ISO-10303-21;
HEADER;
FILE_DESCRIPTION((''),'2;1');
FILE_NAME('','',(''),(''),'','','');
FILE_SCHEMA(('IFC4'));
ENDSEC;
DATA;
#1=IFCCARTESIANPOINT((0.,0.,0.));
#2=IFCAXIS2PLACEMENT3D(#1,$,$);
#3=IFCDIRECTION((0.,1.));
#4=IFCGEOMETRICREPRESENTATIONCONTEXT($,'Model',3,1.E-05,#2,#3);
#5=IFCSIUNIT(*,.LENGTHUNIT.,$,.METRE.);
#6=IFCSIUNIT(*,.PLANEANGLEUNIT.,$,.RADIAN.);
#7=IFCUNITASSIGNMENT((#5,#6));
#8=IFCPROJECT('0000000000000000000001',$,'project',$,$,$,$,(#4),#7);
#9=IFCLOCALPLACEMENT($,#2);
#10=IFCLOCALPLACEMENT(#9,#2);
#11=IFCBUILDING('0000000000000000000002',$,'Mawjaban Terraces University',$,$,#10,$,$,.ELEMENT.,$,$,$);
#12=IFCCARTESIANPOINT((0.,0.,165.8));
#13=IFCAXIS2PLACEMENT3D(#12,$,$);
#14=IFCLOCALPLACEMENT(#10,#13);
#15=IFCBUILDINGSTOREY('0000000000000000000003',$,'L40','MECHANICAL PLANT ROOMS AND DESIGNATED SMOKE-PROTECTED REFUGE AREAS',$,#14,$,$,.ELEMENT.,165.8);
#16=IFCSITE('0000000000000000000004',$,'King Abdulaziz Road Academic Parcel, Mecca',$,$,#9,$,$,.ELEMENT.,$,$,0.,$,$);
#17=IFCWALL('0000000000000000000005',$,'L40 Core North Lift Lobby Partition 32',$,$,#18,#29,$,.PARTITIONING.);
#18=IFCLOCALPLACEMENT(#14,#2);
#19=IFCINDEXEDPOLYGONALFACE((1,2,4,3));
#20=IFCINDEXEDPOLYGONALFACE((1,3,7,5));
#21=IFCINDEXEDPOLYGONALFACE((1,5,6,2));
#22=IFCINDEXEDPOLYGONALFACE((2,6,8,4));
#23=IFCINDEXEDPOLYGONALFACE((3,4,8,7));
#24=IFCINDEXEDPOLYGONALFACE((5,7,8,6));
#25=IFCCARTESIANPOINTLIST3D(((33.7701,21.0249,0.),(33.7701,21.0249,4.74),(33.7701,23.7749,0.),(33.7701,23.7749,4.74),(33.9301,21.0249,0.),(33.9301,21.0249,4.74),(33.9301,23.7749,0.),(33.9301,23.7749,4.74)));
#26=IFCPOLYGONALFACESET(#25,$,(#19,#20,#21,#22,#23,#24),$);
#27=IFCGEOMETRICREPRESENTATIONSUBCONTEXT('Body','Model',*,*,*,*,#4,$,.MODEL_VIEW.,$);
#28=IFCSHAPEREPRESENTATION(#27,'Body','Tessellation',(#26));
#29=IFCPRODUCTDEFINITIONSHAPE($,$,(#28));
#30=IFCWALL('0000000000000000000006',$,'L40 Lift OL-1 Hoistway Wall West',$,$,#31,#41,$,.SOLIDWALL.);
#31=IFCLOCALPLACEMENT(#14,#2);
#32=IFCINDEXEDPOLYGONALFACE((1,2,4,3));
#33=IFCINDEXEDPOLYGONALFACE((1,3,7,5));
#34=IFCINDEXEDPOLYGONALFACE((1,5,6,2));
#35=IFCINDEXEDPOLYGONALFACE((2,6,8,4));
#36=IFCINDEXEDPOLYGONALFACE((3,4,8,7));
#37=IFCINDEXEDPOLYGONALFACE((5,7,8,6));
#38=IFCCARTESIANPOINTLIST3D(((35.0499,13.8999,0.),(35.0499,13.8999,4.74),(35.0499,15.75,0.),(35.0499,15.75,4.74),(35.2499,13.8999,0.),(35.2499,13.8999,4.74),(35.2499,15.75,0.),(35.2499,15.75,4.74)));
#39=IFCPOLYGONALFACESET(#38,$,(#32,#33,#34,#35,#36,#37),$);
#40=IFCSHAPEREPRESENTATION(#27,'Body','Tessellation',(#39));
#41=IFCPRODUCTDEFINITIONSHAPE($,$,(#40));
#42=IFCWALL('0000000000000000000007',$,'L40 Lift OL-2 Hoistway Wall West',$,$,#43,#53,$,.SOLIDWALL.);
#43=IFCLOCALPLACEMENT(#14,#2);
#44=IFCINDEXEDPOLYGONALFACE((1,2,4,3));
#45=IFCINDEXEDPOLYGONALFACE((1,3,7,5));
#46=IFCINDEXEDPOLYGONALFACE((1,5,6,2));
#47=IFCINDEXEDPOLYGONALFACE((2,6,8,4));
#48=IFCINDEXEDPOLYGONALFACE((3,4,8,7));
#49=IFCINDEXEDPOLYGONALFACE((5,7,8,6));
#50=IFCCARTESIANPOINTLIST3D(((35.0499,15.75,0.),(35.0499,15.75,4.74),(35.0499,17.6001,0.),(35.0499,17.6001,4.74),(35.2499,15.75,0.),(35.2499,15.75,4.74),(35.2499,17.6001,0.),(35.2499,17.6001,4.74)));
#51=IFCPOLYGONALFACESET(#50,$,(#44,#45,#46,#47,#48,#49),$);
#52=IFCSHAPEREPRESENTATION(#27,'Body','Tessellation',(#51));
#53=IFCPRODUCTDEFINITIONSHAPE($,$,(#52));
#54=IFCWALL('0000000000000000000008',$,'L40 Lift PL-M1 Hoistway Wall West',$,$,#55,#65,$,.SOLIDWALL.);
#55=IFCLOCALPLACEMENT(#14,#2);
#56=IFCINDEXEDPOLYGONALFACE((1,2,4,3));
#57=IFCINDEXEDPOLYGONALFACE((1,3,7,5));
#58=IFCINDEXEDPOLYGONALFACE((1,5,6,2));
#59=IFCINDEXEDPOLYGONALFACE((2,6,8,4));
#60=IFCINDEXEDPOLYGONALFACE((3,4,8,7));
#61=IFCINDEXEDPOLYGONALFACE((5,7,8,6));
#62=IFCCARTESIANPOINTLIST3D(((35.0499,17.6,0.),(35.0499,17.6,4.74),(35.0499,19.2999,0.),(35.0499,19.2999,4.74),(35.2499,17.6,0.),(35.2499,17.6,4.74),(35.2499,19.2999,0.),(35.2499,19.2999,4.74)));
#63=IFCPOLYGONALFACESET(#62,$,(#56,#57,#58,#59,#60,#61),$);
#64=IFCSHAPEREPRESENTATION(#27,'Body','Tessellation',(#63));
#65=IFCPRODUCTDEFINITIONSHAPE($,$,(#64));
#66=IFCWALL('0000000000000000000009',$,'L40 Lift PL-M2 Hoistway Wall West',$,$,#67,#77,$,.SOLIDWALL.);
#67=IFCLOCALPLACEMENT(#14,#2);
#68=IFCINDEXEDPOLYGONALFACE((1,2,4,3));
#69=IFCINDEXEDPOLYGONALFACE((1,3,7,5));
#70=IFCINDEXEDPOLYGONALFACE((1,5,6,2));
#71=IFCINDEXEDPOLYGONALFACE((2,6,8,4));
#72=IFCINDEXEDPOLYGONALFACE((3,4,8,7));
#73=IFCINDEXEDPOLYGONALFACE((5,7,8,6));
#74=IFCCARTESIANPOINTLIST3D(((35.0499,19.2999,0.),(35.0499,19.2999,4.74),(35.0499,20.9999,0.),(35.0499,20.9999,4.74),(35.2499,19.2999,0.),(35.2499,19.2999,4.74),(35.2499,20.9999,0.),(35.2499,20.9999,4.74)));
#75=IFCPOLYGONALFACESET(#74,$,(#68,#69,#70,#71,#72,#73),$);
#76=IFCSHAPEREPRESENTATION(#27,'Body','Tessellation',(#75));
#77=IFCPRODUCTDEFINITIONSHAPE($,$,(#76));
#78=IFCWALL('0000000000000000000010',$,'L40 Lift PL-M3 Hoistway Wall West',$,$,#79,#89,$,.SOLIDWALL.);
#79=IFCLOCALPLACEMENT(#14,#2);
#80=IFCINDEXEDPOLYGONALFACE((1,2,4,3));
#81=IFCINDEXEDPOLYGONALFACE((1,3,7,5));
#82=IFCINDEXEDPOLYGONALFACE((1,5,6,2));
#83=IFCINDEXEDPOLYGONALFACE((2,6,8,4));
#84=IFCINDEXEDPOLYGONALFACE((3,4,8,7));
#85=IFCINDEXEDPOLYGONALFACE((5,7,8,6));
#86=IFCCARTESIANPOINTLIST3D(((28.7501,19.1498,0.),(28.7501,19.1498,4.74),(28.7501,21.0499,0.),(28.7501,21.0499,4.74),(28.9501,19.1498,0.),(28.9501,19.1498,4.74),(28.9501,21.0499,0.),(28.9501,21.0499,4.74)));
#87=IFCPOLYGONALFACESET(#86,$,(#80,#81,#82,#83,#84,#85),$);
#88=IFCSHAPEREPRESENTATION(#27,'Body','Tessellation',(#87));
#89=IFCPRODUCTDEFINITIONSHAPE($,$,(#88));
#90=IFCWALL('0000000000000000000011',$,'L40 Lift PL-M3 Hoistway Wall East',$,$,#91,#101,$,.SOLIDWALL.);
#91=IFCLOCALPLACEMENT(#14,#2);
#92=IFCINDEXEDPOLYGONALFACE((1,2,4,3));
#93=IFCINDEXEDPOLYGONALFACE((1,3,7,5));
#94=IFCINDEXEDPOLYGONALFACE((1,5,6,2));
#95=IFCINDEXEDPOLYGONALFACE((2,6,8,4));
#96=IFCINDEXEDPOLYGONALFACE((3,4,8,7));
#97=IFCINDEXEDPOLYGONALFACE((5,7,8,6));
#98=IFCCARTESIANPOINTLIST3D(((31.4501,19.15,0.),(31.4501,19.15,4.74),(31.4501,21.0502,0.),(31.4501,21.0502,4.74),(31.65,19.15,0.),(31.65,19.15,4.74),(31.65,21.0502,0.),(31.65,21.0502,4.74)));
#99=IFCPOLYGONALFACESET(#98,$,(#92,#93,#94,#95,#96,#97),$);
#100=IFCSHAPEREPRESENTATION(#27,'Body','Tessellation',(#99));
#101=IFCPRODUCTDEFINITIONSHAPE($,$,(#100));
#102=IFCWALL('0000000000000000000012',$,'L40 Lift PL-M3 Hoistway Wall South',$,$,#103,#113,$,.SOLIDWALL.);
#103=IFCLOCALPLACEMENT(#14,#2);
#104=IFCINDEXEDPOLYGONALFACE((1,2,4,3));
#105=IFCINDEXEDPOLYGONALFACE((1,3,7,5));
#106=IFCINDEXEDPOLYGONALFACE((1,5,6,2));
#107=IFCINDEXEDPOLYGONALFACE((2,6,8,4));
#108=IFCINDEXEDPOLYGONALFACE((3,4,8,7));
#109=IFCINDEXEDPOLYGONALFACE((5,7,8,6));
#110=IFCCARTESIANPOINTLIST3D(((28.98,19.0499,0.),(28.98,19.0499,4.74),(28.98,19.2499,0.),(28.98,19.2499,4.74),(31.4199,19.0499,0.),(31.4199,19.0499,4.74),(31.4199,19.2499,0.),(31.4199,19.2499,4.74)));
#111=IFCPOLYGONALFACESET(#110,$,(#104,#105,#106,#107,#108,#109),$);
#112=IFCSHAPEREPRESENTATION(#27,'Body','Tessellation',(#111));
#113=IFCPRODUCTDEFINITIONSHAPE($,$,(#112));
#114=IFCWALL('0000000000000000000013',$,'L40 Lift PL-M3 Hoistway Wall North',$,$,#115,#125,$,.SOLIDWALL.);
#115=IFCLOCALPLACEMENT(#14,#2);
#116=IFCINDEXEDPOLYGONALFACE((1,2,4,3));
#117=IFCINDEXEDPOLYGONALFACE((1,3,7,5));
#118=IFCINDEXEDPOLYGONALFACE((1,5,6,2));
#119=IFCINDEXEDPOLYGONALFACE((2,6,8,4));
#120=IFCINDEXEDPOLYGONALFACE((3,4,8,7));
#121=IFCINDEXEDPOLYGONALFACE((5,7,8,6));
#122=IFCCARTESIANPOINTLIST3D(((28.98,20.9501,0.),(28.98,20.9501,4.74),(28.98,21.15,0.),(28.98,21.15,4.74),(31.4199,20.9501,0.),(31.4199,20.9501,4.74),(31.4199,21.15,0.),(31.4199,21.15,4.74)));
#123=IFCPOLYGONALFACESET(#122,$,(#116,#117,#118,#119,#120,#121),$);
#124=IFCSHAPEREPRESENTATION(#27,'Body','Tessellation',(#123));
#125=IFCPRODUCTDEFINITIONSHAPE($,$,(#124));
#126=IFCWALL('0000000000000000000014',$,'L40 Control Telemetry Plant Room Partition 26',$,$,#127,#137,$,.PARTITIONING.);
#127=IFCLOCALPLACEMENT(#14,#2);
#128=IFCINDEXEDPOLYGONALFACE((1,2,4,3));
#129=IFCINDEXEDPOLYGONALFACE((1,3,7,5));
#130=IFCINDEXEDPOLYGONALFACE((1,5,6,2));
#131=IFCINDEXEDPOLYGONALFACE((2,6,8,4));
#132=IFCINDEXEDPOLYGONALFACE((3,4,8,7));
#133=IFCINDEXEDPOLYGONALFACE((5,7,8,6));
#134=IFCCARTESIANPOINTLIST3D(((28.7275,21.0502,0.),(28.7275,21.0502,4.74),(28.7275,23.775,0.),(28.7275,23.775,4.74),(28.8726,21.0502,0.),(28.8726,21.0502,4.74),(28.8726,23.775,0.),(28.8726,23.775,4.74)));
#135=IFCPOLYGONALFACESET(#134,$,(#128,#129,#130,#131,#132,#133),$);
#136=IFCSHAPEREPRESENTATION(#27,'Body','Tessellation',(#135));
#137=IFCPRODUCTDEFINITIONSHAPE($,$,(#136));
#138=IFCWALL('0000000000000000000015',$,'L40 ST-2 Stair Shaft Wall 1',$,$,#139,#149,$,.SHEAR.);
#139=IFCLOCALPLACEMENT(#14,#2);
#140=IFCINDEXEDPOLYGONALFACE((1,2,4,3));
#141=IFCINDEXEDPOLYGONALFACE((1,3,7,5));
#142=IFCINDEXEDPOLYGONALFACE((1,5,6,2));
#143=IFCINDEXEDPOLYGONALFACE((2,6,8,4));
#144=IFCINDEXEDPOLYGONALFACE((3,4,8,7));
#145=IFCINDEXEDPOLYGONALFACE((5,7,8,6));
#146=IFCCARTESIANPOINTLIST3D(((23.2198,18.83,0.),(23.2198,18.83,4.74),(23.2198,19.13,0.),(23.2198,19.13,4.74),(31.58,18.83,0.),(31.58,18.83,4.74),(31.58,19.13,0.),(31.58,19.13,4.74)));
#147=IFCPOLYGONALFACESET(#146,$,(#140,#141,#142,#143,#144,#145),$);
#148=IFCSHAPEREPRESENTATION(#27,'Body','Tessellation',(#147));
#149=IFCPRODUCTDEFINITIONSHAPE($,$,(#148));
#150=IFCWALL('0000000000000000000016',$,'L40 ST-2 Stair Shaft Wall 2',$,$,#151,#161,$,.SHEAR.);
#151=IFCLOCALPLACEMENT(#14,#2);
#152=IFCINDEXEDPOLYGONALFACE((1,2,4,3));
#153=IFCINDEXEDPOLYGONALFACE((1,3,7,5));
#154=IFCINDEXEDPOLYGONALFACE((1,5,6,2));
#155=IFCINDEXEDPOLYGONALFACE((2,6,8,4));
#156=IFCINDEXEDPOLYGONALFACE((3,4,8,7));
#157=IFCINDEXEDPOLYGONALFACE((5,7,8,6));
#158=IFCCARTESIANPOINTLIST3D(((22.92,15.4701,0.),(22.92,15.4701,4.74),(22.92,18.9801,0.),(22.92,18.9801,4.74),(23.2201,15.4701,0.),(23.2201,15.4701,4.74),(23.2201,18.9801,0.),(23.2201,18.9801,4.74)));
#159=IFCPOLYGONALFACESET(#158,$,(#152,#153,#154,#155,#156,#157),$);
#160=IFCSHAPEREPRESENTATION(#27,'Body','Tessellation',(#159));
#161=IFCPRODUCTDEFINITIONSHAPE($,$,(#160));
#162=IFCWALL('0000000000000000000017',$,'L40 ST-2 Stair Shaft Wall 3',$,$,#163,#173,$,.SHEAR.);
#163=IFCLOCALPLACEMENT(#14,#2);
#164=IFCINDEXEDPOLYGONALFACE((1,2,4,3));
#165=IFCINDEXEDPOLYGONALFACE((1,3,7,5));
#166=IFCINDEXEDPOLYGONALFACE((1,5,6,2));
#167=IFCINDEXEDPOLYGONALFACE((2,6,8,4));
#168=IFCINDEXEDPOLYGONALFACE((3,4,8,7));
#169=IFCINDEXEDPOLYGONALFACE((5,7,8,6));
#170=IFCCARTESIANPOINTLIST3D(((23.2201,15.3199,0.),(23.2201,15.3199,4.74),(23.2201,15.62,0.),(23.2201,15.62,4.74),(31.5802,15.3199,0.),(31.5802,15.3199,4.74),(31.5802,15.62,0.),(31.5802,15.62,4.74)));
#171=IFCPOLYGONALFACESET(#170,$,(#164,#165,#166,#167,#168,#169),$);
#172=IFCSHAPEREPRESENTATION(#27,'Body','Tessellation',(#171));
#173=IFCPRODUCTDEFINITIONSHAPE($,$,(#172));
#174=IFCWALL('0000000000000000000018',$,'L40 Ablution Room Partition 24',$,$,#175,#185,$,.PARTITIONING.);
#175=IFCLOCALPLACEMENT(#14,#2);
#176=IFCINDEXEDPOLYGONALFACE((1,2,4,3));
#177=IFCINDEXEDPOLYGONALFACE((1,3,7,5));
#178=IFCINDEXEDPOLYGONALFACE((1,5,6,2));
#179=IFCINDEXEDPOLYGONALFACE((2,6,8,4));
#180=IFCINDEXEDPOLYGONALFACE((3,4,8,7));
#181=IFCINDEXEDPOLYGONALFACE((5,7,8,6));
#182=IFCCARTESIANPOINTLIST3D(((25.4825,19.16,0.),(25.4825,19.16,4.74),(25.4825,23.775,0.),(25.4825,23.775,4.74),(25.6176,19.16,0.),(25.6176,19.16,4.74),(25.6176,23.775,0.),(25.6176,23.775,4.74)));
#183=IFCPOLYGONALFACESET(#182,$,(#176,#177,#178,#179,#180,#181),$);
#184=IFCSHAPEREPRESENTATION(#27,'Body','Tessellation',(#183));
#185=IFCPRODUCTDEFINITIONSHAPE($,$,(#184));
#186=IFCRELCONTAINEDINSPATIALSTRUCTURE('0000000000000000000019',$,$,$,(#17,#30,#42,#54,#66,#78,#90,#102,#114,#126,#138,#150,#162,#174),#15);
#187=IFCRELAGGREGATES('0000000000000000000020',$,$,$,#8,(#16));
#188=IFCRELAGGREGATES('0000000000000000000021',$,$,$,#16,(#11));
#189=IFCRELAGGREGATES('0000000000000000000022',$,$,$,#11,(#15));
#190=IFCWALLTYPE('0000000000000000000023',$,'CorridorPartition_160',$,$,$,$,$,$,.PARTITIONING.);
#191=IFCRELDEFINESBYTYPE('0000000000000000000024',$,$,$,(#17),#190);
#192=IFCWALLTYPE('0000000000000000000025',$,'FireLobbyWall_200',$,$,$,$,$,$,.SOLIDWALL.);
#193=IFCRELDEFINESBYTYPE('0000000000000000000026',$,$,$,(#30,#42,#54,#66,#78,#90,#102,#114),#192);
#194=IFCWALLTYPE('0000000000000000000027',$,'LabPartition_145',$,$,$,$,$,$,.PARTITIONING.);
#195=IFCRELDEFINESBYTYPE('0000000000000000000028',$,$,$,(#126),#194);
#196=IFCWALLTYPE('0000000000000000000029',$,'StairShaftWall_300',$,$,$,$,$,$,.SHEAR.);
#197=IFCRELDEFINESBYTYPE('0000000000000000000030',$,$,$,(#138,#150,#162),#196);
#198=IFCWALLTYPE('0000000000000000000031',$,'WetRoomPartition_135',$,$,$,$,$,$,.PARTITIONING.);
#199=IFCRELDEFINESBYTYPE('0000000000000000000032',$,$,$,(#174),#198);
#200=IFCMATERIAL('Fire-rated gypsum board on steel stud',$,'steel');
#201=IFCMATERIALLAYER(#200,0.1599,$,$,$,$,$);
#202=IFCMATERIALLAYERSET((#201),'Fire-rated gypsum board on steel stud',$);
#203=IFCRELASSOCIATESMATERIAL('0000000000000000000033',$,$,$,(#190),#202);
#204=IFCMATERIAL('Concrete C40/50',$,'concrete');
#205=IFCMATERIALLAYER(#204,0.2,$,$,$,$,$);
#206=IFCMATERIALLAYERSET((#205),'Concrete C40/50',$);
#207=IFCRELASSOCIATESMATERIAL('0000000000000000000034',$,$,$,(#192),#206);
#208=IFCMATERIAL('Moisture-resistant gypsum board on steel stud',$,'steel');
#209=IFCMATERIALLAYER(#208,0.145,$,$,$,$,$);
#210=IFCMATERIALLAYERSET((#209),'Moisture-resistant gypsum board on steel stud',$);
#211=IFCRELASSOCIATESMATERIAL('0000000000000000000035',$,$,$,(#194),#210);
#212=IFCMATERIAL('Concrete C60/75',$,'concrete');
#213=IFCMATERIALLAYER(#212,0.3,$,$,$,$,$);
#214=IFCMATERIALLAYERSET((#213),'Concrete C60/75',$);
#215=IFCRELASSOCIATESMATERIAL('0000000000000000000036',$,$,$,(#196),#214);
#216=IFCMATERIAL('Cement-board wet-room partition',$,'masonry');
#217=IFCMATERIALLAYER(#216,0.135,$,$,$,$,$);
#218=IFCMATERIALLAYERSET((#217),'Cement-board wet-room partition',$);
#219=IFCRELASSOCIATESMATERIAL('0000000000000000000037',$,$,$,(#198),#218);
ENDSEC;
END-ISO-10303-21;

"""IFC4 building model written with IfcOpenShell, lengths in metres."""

from ifc_helpers import new_model, si_unit, direction, frame, frame_2d, origin, place, context, subcontext, project, spatial, rectangle, extrude, material, layer, layer_set, type_object, element, save


model = new_model("IFC4")

# Units and contexts
model_context = context("Model", 3, precision=1e-05, world=origin(), true_north=direction((0.0, 1.0)))
body_context = subcontext(model_context, "Body", "Model", "MODEL_VIEW")
ifc_project = project(units=[si_unit("LENGTHUNIT", "METRE"), si_unit("PLANEANGLEUNIT", "RADIAN")], contexts=[model_context])

# Site, building, storey
site_placement = place(None, origin())
site = spatial("IfcSite", under=ifc_project, at=site_placement, Name="King Abdulaziz Road Academic Parcel, Mecca", CompositionType="ELEMENT", RefElevation=0.0)
building_placement = place(site_placement, origin())
building = spatial("IfcBuilding", under=site, at=building_placement, Name="Mawjaban Terraces University", CompositionType="ELEMENT")
storey_placement = place(building_placement, frame((0.0, 0.0, 165.8)))
storey = spatial("IfcBuildingStorey", under=building, at=storey_placement, Name="L40", Description="MECHANICAL PLANT ROOMS AND DESIGNATED SMOKE-PROTECTED REFUGE AREAS", CompositionType="ELEMENT", Elevation=165.8)

# Shared definitions
ifc_material_1 = material(Name="Concrete C60/75", Category="concrete")

# Walls
ifc_material_2 = material(Name="Fire-rated gypsum board on steel stud", Category="steel")
ifc_layer_1 = layer(ifc_material_2, 0.1599)
ifc_layer_set_1 = layer_set([ifc_layer_1], Name="Fire-rated gypsum board on steel stud")
wall_type_1 = type_object("IfcWallType", Name="CorridorPartition_160", PredefinedType="PARTITIONING", material=ifc_layer_set_1)
wall_1_placement = place(storey_placement, frame((33.8501, 21.0249, 0.0), z_axis=(0.0, 0.0, 1.0), x_axis=(0.0, 1.0, 0.0)))
element("IfcWall", 1, at=wall_1_placement, inside=storey, type_object=wall_type_1, Name="L40 Core North Lift Lobby Partition 32", PredefinedType="PARTITIONING", context=body_context, shape_type="SweptSolid", body=[
    extrude(rectangle(XDim=2.75, YDim=0.1599, at=frame_2d((1.375, 0.0))), origin(), (0.0, 0.0, 1.0), 4.74),
])
ifc_material_3 = material(Name="Concrete C40/50", Category="concrete")
ifc_layer_2 = layer(ifc_material_3, 0.2)
ifc_layer_set_2 = layer_set([ifc_layer_2], Name="Concrete C40/50")
wall_type_2 = type_object("IfcWallType", Name="FireLobbyWall_200", PredefinedType="SOLIDWALL", material=ifc_layer_set_2)
for number, where, z_axis, x_axis, name in (
    (2, (35.1499, 15.75, 0.0), (0.0, 0.0, 1.0), (0.0, -1.0, 0.0), "L40 Lift OL-1 Hoistway Wall West"),
    (3, (35.1499, 17.6001, 0.0), (0.0, 0.0, 1.0), (0.0, -1.0, 0.0), "L40 Lift OL-2 Hoistway Wall West"),
):
    element("IfcWall", number, at=place(storey_placement, frame(where, z_axis=z_axis, x_axis=x_axis)), inside=storey, type_object=wall_type_2, Name=name, PredefinedType="SOLIDWALL", context=body_context, shape_type="SweptSolid", body=[
        extrude(rectangle(XDim=1.8501, YDim=0.2, at=frame_2d((0.925, 0.0))), origin(), (0.0, 0.0, 1.0), 4.74),
    ])
for number, where, z_axis, x_axis, name in (
    (4, (35.1499, 19.3, 0.0), (0.0, 0.0, 1.0), (0.0, -1.0, 0.0), "L40 Lift PL-M1 Hoistway Wall West"),
    (5, (35.1499, 21.0, 0.0), (0.0, 0.0, 1.0), (0.0, -1.0, 0.0), "L40 Lift PL-M2 Hoistway Wall West"),
):
    element("IfcWall", number, at=place(storey_placement, frame(where, z_axis=z_axis, x_axis=x_axis)), inside=storey, type_object=wall_type_2, Name=name, PredefinedType="SOLIDWALL", context=body_context, shape_type="SweptSolid", body=[
        extrude(rectangle(XDim=1.7, YDim=0.2, at=frame_2d((0.8501, 0.0))), origin(), (0.0, 0.0, 1.0), 4.74),
    ])
for number, where, z_axis, x_axis, name in (
    (6, (28.8501, 21.05, 0.0), (0.0, 0.0, 1.0), (0.0, -1.0, 0.0), "L40 Lift PL-M3 Hoistway Wall West"),
    (7, (31.55, 19.1499, 0.0), (0.0, 0.0, 1.0), (0.0, 1.0, 0.0), "L40 Lift PL-M3 Hoistway Wall East"),
):
    element("IfcWall", number, at=place(storey_placement, frame(where, z_axis=z_axis, x_axis=x_axis)), inside=storey, type_object=wall_type_2, Name=name, PredefinedType="SOLIDWALL", context=body_context, shape_type="SweptSolid", body=[
        extrude(rectangle(XDim=1.9001, YDim=0.2, at=frame_2d((0.9502, 0.0))), origin(), (0.0, 0.0, 1.0), 4.74),
    ])
for number, where, z_axis, x_axis, name in (
    (8, (28.98, 19.1499, 0.0), (0.0, 0.0, 1.0), (1.0, 0.0, 0.0), "L40 Lift PL-M3 Hoistway Wall South"),
    (9, (31.4199, 21.05, 0.0), (0.0, 0.0, 1.0), (-1.0, 0.0, 0.0), "L40 Lift PL-M3 Hoistway Wall North"),
):
    element("IfcWall", number, at=place(storey_placement, frame(where, z_axis=z_axis, x_axis=x_axis)), inside=storey, type_object=wall_type_2, Name=name, PredefinedType="SOLIDWALL", context=body_context, shape_type="SweptSolid", body=[
        extrude(rectangle(XDim=2.4399, YDim=0.2, at=frame_2d((1.22, 0.0))), origin(), (0.0, 0.0, 1.0), 4.74),
    ])
ifc_material_4 = material(Name="Moisture-resistant gypsum board on steel stud", Category="steel")
ifc_layer_3 = layer(ifc_material_4, 0.145)
ifc_layer_set_3 = layer_set([ifc_layer_3], Name="Moisture-resistant gypsum board on steel stud")
wall_type_3 = type_object("IfcWallType", Name="LabPartition_145", PredefinedType="PARTITIONING", material=ifc_layer_set_3)
wall_2_placement = place(storey_placement, frame((28.8, 23.7749, 0.0), z_axis=(0.0, 0.0, 1.0), x_axis=(0.0, -1.0, 0.0)))
element("IfcWall", 10, at=wall_2_placement, inside=storey, type_object=wall_type_3, Name="L40 Control Telemetry Plant Room Partition 26", PredefinedType="PARTITIONING", context=body_context, shape_type="SweptSolid", body=[
    extrude(rectangle(XDim=2.7249, YDim=0.145, at=frame_2d((1.3623, 0.0))), origin(), (0.0, 0.0, 1.0), 4.74),
])
ifc_layer_4 = layer(ifc_material_1, 0.3)
ifc_layer_set_4 = layer_set([ifc_layer_4], Name="Concrete C60/75")
wall_type_4 = type_object("IfcWallType", Name="StairShaftWall_300", PredefinedType="SHEAR", material=ifc_layer_set_4)
wall_3_placement = place(storey_placement, frame((31.5801, 18.98, 0.0), z_axis=(0.0, 0.0, 1.0), x_axis=(-1.0, 0.0, 0.0)))
element("IfcWall", 11, at=wall_3_placement, inside=storey, type_object=wall_type_4, Name="L40 ST-2 Stair Shaft Wall 1", PredefinedType="SHEAR", context=body_context, shape_type="SweptSolid", body=[
    extrude(rectangle(XDim=8.3601, YDim=0.3, at=frame_2d((4.1802, 0.0))), origin(), (0.0, 0.0, 1.0), 4.74),
])
wall_4_placement = place(storey_placement, frame((23.0701, 18.98, 0.0), z_axis=(0.0, 0.0, 1.0), x_axis=(0.0, -1.0, 0.0)))
element("IfcWall", 12, at=wall_4_placement, inside=storey, type_object=wall_type_4, Name="L40 ST-2 Stair Shaft Wall 2", PredefinedType="SHEAR", context=body_context, shape_type="SweptSolid", body=[
    extrude(rectangle(XDim=3.51, YDim=0.3, at=frame_2d((1.7549, 0.0))), origin(), (0.0, 0.0, 1.0), 4.74),
])
wall_5_placement = place(storey_placement, frame((23.22, 15.47, 0.0), z_axis=(0.0, 0.0, 1.0), x_axis=(1.0, 0.0, 0.0)))
element("IfcWall", 13, at=wall_5_placement, inside=storey, type_object=wall_type_4, Name="L40 ST-2 Stair Shaft Wall 3", PredefinedType="SHEAR", context=body_context, shape_type="SweptSolid", body=[
    extrude(rectangle(XDim=8.3601, YDim=0.3, at=frame_2d((4.1802, 0.0))), origin(), (0.0, 0.0, 1.0), 4.74),
])

# Wall
ifc_material_5 = material(Name="Cement-board wet-room partition", Category="masonry")
ifc_layer_5 = layer(ifc_material_5, 0.135)
ifc_layer_set_5 = layer_set([ifc_layer_5], Name="Cement-board wet-room partition")
wall_type_5 = type_object("IfcWallType", Name="WetRoomPartition_135", PredefinedType="PARTITIONING", material=ifc_layer_set_5)
wall_6_placement = place(storey_placement, frame((25.55, 19.1599, 0.0), z_axis=(0.0, 0.0, 1.0), x_axis=(0.0, 1.0, 0.0)))
element("IfcWall", 14, at=wall_6_placement, inside=storey, type_object=wall_type_5, Name="L40 Ablution Room Partition 24", PredefinedType="PARTITIONING", context=body_context, shape_type="SweptSolid", body=[
    extrude(rectangle(XDim=4.615, YDim=0.135, at=frame_2d((2.3076, 0.0))), origin(), (0.0, 0.0, 1.0), 4.74),
])

save(model, "model.ifc")
